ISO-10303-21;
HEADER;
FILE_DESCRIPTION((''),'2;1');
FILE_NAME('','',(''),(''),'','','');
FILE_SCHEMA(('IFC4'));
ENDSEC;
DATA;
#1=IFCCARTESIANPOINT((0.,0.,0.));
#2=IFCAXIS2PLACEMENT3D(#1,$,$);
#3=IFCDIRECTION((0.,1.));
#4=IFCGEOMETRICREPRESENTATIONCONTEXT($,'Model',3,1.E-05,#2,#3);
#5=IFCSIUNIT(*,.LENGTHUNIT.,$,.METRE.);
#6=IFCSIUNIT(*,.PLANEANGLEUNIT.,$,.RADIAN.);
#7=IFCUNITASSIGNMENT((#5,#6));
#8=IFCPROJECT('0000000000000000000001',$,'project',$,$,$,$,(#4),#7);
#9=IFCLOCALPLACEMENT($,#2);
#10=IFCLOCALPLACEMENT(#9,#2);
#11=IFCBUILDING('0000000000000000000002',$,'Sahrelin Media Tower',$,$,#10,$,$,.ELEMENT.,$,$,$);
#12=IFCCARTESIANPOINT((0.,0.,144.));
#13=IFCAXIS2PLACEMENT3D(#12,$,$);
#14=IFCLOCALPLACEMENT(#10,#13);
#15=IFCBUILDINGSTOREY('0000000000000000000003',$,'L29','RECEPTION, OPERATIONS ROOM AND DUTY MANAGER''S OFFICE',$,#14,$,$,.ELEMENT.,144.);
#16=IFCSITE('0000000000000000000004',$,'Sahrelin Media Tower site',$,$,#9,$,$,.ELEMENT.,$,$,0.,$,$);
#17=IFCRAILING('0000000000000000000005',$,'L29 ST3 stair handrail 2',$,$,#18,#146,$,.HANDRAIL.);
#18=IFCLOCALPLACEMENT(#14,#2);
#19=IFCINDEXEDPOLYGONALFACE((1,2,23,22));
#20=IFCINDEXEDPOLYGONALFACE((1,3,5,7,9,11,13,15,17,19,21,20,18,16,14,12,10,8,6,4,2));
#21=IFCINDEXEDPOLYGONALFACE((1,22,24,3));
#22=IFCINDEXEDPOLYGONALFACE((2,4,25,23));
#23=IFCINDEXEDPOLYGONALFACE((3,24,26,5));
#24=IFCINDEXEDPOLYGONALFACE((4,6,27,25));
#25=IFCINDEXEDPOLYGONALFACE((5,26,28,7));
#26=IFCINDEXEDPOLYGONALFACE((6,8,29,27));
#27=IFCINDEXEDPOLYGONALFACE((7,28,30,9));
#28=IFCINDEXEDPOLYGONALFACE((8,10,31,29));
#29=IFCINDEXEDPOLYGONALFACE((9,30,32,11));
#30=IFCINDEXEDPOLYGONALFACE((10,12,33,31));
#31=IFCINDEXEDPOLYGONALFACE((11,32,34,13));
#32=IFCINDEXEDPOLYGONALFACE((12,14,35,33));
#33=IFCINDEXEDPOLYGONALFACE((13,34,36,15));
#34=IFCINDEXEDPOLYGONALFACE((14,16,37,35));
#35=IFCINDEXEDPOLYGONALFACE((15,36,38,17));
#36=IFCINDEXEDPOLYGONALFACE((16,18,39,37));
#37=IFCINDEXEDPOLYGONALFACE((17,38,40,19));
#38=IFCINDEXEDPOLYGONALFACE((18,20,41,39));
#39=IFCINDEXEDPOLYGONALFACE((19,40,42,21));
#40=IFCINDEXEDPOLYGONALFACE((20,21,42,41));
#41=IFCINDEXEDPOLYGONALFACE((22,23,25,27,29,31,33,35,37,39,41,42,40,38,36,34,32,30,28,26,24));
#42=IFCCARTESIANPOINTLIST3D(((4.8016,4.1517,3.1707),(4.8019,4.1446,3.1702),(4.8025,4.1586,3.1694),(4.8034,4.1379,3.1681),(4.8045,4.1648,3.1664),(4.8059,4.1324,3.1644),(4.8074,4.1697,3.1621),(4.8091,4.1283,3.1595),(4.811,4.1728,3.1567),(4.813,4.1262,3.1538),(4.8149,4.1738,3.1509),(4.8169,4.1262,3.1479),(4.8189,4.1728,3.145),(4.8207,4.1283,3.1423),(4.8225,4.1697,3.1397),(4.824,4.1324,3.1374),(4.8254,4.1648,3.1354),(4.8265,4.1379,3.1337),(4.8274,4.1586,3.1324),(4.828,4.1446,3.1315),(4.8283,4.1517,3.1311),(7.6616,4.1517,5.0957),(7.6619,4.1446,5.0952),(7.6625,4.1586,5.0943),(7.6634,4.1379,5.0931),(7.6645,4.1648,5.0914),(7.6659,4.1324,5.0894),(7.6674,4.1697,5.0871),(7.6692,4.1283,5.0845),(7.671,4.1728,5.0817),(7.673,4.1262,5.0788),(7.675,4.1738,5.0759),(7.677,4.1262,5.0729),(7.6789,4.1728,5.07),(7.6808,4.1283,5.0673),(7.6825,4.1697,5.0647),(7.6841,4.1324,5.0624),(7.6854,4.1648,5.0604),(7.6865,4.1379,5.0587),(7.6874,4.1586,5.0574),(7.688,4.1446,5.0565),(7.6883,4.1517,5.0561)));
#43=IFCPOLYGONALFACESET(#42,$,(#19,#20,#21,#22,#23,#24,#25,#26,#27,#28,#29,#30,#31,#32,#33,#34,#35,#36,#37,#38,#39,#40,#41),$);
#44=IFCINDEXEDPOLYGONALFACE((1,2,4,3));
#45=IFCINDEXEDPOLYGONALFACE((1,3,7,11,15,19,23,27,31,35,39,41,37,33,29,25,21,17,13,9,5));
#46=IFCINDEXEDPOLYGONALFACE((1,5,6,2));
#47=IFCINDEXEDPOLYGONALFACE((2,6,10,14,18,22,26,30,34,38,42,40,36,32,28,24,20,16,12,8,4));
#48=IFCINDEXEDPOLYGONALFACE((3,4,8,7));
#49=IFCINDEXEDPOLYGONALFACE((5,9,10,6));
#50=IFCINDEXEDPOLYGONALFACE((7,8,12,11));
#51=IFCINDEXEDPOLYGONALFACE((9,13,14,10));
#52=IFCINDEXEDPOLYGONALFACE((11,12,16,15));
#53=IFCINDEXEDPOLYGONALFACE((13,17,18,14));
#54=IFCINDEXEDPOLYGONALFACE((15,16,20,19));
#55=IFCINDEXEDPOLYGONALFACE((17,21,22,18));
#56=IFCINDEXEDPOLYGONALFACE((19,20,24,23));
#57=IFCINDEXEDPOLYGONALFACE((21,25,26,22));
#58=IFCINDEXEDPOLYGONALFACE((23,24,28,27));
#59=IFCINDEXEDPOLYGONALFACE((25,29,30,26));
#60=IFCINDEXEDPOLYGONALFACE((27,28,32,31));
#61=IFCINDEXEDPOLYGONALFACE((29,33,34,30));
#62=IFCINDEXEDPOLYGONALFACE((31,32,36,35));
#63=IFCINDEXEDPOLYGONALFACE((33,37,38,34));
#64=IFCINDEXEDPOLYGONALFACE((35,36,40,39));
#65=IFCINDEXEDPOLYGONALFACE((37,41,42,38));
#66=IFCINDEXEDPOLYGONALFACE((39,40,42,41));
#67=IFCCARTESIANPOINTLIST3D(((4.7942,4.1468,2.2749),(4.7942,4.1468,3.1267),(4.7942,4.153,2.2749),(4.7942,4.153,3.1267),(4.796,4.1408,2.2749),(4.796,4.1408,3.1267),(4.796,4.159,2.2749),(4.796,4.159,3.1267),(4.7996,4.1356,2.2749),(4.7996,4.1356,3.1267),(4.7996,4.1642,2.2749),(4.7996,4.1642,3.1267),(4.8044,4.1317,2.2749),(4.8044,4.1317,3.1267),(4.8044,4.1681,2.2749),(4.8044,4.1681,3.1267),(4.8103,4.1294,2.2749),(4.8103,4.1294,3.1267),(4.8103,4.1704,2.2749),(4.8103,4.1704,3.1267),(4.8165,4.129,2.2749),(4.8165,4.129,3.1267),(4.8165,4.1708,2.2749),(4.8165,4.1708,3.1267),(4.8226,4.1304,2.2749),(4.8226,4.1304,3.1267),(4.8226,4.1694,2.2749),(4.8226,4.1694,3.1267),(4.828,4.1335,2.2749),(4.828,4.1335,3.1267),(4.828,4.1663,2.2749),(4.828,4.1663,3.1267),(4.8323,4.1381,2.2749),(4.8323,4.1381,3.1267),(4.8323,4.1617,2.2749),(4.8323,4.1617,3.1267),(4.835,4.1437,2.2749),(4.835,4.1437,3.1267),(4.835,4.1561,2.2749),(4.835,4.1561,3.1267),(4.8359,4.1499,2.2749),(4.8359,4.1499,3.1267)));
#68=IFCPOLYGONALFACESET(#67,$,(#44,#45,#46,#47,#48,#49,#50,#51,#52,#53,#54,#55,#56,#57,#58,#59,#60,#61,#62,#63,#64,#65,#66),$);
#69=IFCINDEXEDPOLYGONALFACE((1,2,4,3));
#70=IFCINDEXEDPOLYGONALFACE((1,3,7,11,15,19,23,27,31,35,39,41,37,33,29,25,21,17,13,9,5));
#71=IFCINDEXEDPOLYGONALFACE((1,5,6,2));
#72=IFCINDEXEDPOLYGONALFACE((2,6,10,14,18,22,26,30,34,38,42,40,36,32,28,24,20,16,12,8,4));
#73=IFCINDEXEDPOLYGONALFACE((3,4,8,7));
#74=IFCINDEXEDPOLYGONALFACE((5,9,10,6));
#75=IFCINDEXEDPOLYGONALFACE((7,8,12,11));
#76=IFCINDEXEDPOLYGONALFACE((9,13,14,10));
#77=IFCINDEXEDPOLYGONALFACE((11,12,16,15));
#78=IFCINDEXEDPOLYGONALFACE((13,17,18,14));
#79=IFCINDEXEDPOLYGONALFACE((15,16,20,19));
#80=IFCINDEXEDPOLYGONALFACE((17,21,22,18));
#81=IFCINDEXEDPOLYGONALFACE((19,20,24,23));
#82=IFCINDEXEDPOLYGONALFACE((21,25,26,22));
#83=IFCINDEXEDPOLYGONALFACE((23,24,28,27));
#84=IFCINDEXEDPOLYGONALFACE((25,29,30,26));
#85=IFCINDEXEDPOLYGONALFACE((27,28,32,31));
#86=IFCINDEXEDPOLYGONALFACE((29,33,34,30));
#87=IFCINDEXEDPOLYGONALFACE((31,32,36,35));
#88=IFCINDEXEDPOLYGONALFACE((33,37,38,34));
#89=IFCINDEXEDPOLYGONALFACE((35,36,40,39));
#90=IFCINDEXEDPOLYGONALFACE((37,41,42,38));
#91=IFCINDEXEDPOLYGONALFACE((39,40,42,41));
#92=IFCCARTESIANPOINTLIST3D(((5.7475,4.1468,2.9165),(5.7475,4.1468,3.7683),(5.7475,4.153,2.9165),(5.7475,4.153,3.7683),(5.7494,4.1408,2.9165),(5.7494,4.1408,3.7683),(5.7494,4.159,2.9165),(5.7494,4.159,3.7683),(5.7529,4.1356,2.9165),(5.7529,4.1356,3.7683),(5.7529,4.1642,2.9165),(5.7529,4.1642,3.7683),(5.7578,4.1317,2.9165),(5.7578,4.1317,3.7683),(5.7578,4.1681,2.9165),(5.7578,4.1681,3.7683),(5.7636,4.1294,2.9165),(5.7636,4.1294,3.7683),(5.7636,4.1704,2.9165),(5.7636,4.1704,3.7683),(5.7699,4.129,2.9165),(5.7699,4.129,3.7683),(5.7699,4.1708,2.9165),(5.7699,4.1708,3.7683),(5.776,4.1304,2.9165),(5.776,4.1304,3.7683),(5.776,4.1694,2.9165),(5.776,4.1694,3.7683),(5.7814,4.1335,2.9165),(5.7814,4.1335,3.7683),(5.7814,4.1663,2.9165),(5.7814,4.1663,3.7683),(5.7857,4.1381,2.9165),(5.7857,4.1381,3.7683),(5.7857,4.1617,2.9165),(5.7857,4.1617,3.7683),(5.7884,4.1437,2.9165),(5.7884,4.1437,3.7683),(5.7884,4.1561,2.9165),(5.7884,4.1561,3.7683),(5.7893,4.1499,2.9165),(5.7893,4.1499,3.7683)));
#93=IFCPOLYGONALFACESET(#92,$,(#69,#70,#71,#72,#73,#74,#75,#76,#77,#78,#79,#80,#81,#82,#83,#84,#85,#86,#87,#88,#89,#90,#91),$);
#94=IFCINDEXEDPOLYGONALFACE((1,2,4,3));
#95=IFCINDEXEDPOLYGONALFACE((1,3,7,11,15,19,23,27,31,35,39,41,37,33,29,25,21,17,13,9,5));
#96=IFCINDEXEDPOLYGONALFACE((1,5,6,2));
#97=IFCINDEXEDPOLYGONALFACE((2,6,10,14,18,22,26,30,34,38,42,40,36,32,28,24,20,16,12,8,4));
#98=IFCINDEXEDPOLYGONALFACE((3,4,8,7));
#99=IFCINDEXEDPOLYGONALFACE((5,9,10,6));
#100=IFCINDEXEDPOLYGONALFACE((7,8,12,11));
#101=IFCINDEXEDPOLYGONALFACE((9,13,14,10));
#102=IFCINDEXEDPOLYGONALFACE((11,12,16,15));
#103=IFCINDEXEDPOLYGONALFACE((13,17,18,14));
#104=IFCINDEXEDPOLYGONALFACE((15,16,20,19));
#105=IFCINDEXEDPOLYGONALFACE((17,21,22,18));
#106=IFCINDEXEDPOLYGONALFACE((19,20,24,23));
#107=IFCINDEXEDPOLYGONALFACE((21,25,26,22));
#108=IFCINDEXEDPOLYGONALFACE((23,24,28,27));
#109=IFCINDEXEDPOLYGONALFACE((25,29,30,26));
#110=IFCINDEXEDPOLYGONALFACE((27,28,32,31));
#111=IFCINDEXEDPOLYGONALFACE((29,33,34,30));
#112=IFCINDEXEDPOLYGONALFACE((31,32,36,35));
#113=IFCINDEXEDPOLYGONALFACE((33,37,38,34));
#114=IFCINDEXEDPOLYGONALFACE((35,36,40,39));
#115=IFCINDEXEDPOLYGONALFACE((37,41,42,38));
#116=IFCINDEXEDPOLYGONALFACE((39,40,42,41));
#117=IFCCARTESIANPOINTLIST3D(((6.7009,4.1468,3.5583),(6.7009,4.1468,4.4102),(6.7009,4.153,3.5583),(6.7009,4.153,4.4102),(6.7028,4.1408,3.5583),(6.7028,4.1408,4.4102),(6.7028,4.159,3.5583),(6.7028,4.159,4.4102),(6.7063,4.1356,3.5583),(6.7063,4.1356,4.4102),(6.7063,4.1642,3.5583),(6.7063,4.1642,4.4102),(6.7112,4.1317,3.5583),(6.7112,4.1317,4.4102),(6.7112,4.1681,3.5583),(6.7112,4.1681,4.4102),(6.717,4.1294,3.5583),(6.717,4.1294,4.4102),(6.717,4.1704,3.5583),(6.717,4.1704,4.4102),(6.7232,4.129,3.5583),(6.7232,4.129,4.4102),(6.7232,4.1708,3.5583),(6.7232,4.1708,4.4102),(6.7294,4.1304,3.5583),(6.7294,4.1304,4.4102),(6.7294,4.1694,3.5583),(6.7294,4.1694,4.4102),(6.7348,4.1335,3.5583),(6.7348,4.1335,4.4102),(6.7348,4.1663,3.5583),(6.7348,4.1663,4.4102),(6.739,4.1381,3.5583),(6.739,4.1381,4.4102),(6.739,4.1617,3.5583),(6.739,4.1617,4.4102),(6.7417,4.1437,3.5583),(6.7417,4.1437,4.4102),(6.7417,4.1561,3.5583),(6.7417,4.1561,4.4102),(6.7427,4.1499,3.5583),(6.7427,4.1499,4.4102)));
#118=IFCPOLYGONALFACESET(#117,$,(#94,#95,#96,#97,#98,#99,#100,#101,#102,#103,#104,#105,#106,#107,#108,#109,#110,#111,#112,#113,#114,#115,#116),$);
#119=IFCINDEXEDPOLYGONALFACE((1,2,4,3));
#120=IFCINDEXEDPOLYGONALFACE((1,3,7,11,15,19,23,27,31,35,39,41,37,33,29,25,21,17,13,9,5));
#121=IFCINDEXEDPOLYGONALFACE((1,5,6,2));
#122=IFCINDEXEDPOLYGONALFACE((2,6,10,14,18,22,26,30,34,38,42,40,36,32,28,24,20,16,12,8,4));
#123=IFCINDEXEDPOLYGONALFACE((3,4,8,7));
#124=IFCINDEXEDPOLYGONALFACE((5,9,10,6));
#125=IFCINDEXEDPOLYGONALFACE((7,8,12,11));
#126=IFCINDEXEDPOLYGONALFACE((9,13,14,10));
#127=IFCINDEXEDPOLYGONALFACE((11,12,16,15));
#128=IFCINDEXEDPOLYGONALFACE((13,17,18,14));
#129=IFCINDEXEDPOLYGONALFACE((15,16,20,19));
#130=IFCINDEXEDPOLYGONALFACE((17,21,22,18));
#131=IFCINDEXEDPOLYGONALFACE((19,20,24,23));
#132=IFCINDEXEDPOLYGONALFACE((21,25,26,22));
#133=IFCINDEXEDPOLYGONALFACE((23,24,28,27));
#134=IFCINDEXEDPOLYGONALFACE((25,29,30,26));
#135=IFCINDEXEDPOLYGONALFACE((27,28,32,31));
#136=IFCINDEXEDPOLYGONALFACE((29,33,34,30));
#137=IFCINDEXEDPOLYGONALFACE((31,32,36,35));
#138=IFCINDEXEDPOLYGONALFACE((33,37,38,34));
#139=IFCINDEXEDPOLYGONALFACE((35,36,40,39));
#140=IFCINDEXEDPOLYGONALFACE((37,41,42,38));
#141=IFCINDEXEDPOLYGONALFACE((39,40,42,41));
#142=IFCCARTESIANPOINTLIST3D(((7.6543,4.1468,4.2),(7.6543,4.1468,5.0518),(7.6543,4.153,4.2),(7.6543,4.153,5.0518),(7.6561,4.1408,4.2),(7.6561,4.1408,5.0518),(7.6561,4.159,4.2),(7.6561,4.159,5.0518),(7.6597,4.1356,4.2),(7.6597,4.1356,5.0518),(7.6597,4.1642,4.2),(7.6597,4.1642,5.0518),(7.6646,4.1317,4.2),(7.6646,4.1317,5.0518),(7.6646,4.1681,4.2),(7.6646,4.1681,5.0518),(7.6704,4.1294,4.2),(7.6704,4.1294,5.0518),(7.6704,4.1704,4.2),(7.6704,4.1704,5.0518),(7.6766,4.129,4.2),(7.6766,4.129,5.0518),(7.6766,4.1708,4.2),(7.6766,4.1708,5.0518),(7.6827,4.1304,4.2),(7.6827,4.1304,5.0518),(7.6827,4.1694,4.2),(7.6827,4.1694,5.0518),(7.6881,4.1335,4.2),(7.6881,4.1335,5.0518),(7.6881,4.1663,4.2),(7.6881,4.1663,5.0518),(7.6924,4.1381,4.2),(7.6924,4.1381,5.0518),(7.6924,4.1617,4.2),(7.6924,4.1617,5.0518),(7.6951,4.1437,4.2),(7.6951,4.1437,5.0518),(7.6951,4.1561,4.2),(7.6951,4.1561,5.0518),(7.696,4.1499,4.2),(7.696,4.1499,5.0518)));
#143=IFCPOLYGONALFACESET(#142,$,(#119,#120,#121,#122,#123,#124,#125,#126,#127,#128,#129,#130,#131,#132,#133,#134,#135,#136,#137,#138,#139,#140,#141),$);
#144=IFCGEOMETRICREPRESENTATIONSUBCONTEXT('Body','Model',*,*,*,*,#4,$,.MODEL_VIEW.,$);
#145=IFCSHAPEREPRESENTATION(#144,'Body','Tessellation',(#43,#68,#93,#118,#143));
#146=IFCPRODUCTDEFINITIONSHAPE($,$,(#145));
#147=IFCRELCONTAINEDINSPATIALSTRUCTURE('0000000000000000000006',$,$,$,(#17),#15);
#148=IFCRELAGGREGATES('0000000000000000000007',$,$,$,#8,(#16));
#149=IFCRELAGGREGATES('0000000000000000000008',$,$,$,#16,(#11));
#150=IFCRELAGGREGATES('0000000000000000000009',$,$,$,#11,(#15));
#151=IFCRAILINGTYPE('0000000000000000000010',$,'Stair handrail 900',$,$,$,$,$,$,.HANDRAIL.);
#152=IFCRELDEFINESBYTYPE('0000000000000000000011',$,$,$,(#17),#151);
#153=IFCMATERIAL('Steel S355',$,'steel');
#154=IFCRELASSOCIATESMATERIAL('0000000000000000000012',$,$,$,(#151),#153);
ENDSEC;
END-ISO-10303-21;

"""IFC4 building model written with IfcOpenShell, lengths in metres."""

from ifc_helpers import new_model, si_unit, direction, frame, origin, origin_2d, place, context, subcontext, project, spatial, circle, extrude, material, type_object, element, save


model = new_model("IFC4")

# Units and contexts
model_context = context("Model", 3, precision=1e-05, world=origin(), true_north=direction((0.0, 1.0)))
body_context = subcontext(model_context, "Body", "Model", "MODEL_VIEW")
ifc_project = project(units=[si_unit("LENGTHUNIT", "METRE"), si_unit("PLANEANGLEUNIT", "RADIAN")], contexts=[model_context])

# Site, building, storey
site_placement = place(None, origin())
site = spatial("IfcSite", under=ifc_project, at=site_placement, Name="Sahrelin Media Tower site", CompositionType="ELEMENT", RefElevation=0.0)
building_placement = place(site_placement, origin())
building = spatial("IfcBuilding", under=site, at=building_placement, Name="Sahrelin Media Tower", CompositionType="ELEMENT")
storey_placement = place(building_placement, frame((0.0, 0.0, 144.0)))
storey = spatial("IfcBuildingStorey", under=building, at=storey_placement, Name="L29", Description="RECEPTION, OPERATIONS ROOM AND DUTY MANAGER'S OFFICE", CompositionType="ELEMENT", Elevation=144.0)

# Shared definitions
ifc_material_1 = material(Name="Steel S355", Category="steel")

# Railing
railing_type_1 = type_object("IfcRailingType", Name="Stair handrail 900", PredefinedType="HANDRAIL", material=ifc_material_1)
railing_1_placement = place(storey_placement, frame((4.8149, 4.1499, 2.2749)))
element("IfcRailing", 1, at=railing_1_placement, inside=storey, type_object=railing_type_1, Name="L29 ST3 stair handrail 2", PredefinedType="HANDRAIL", context=body_context, shape_type="SweptSolid", body=[
    extrude(circle(Radius=0.0239, at=origin_2d()), frame((0.0, 0.0, 0.876), z_axis=(0.829591, 0.0, 0.558372), x_axis=(0.0, 1.0, 0.0)), (0.0, 0.0, 1.0), 3.4475),
    extrude(circle(Radius=0.021, at=origin_2d()), origin(), (0.0, 0.0, 1.0), 0.8518),
    extrude(circle(Radius=0.021, at=origin_2d()), frame((0.9534, 0.0, 0.6416)), (0.0, 0.0, 1.0), 0.8518),
    extrude(circle(Radius=0.021, at=origin_2d()), frame((1.9067, 0.0, 1.2834)), (0.0, 0.0, 1.0), 0.8518),
    extrude(circle(Radius=0.021, at=origin_2d()), frame((2.8601, 0.0, 1.925)), (0.0, 0.0, 1.0), 0.8518),
])

save(model, "model.ifc")
